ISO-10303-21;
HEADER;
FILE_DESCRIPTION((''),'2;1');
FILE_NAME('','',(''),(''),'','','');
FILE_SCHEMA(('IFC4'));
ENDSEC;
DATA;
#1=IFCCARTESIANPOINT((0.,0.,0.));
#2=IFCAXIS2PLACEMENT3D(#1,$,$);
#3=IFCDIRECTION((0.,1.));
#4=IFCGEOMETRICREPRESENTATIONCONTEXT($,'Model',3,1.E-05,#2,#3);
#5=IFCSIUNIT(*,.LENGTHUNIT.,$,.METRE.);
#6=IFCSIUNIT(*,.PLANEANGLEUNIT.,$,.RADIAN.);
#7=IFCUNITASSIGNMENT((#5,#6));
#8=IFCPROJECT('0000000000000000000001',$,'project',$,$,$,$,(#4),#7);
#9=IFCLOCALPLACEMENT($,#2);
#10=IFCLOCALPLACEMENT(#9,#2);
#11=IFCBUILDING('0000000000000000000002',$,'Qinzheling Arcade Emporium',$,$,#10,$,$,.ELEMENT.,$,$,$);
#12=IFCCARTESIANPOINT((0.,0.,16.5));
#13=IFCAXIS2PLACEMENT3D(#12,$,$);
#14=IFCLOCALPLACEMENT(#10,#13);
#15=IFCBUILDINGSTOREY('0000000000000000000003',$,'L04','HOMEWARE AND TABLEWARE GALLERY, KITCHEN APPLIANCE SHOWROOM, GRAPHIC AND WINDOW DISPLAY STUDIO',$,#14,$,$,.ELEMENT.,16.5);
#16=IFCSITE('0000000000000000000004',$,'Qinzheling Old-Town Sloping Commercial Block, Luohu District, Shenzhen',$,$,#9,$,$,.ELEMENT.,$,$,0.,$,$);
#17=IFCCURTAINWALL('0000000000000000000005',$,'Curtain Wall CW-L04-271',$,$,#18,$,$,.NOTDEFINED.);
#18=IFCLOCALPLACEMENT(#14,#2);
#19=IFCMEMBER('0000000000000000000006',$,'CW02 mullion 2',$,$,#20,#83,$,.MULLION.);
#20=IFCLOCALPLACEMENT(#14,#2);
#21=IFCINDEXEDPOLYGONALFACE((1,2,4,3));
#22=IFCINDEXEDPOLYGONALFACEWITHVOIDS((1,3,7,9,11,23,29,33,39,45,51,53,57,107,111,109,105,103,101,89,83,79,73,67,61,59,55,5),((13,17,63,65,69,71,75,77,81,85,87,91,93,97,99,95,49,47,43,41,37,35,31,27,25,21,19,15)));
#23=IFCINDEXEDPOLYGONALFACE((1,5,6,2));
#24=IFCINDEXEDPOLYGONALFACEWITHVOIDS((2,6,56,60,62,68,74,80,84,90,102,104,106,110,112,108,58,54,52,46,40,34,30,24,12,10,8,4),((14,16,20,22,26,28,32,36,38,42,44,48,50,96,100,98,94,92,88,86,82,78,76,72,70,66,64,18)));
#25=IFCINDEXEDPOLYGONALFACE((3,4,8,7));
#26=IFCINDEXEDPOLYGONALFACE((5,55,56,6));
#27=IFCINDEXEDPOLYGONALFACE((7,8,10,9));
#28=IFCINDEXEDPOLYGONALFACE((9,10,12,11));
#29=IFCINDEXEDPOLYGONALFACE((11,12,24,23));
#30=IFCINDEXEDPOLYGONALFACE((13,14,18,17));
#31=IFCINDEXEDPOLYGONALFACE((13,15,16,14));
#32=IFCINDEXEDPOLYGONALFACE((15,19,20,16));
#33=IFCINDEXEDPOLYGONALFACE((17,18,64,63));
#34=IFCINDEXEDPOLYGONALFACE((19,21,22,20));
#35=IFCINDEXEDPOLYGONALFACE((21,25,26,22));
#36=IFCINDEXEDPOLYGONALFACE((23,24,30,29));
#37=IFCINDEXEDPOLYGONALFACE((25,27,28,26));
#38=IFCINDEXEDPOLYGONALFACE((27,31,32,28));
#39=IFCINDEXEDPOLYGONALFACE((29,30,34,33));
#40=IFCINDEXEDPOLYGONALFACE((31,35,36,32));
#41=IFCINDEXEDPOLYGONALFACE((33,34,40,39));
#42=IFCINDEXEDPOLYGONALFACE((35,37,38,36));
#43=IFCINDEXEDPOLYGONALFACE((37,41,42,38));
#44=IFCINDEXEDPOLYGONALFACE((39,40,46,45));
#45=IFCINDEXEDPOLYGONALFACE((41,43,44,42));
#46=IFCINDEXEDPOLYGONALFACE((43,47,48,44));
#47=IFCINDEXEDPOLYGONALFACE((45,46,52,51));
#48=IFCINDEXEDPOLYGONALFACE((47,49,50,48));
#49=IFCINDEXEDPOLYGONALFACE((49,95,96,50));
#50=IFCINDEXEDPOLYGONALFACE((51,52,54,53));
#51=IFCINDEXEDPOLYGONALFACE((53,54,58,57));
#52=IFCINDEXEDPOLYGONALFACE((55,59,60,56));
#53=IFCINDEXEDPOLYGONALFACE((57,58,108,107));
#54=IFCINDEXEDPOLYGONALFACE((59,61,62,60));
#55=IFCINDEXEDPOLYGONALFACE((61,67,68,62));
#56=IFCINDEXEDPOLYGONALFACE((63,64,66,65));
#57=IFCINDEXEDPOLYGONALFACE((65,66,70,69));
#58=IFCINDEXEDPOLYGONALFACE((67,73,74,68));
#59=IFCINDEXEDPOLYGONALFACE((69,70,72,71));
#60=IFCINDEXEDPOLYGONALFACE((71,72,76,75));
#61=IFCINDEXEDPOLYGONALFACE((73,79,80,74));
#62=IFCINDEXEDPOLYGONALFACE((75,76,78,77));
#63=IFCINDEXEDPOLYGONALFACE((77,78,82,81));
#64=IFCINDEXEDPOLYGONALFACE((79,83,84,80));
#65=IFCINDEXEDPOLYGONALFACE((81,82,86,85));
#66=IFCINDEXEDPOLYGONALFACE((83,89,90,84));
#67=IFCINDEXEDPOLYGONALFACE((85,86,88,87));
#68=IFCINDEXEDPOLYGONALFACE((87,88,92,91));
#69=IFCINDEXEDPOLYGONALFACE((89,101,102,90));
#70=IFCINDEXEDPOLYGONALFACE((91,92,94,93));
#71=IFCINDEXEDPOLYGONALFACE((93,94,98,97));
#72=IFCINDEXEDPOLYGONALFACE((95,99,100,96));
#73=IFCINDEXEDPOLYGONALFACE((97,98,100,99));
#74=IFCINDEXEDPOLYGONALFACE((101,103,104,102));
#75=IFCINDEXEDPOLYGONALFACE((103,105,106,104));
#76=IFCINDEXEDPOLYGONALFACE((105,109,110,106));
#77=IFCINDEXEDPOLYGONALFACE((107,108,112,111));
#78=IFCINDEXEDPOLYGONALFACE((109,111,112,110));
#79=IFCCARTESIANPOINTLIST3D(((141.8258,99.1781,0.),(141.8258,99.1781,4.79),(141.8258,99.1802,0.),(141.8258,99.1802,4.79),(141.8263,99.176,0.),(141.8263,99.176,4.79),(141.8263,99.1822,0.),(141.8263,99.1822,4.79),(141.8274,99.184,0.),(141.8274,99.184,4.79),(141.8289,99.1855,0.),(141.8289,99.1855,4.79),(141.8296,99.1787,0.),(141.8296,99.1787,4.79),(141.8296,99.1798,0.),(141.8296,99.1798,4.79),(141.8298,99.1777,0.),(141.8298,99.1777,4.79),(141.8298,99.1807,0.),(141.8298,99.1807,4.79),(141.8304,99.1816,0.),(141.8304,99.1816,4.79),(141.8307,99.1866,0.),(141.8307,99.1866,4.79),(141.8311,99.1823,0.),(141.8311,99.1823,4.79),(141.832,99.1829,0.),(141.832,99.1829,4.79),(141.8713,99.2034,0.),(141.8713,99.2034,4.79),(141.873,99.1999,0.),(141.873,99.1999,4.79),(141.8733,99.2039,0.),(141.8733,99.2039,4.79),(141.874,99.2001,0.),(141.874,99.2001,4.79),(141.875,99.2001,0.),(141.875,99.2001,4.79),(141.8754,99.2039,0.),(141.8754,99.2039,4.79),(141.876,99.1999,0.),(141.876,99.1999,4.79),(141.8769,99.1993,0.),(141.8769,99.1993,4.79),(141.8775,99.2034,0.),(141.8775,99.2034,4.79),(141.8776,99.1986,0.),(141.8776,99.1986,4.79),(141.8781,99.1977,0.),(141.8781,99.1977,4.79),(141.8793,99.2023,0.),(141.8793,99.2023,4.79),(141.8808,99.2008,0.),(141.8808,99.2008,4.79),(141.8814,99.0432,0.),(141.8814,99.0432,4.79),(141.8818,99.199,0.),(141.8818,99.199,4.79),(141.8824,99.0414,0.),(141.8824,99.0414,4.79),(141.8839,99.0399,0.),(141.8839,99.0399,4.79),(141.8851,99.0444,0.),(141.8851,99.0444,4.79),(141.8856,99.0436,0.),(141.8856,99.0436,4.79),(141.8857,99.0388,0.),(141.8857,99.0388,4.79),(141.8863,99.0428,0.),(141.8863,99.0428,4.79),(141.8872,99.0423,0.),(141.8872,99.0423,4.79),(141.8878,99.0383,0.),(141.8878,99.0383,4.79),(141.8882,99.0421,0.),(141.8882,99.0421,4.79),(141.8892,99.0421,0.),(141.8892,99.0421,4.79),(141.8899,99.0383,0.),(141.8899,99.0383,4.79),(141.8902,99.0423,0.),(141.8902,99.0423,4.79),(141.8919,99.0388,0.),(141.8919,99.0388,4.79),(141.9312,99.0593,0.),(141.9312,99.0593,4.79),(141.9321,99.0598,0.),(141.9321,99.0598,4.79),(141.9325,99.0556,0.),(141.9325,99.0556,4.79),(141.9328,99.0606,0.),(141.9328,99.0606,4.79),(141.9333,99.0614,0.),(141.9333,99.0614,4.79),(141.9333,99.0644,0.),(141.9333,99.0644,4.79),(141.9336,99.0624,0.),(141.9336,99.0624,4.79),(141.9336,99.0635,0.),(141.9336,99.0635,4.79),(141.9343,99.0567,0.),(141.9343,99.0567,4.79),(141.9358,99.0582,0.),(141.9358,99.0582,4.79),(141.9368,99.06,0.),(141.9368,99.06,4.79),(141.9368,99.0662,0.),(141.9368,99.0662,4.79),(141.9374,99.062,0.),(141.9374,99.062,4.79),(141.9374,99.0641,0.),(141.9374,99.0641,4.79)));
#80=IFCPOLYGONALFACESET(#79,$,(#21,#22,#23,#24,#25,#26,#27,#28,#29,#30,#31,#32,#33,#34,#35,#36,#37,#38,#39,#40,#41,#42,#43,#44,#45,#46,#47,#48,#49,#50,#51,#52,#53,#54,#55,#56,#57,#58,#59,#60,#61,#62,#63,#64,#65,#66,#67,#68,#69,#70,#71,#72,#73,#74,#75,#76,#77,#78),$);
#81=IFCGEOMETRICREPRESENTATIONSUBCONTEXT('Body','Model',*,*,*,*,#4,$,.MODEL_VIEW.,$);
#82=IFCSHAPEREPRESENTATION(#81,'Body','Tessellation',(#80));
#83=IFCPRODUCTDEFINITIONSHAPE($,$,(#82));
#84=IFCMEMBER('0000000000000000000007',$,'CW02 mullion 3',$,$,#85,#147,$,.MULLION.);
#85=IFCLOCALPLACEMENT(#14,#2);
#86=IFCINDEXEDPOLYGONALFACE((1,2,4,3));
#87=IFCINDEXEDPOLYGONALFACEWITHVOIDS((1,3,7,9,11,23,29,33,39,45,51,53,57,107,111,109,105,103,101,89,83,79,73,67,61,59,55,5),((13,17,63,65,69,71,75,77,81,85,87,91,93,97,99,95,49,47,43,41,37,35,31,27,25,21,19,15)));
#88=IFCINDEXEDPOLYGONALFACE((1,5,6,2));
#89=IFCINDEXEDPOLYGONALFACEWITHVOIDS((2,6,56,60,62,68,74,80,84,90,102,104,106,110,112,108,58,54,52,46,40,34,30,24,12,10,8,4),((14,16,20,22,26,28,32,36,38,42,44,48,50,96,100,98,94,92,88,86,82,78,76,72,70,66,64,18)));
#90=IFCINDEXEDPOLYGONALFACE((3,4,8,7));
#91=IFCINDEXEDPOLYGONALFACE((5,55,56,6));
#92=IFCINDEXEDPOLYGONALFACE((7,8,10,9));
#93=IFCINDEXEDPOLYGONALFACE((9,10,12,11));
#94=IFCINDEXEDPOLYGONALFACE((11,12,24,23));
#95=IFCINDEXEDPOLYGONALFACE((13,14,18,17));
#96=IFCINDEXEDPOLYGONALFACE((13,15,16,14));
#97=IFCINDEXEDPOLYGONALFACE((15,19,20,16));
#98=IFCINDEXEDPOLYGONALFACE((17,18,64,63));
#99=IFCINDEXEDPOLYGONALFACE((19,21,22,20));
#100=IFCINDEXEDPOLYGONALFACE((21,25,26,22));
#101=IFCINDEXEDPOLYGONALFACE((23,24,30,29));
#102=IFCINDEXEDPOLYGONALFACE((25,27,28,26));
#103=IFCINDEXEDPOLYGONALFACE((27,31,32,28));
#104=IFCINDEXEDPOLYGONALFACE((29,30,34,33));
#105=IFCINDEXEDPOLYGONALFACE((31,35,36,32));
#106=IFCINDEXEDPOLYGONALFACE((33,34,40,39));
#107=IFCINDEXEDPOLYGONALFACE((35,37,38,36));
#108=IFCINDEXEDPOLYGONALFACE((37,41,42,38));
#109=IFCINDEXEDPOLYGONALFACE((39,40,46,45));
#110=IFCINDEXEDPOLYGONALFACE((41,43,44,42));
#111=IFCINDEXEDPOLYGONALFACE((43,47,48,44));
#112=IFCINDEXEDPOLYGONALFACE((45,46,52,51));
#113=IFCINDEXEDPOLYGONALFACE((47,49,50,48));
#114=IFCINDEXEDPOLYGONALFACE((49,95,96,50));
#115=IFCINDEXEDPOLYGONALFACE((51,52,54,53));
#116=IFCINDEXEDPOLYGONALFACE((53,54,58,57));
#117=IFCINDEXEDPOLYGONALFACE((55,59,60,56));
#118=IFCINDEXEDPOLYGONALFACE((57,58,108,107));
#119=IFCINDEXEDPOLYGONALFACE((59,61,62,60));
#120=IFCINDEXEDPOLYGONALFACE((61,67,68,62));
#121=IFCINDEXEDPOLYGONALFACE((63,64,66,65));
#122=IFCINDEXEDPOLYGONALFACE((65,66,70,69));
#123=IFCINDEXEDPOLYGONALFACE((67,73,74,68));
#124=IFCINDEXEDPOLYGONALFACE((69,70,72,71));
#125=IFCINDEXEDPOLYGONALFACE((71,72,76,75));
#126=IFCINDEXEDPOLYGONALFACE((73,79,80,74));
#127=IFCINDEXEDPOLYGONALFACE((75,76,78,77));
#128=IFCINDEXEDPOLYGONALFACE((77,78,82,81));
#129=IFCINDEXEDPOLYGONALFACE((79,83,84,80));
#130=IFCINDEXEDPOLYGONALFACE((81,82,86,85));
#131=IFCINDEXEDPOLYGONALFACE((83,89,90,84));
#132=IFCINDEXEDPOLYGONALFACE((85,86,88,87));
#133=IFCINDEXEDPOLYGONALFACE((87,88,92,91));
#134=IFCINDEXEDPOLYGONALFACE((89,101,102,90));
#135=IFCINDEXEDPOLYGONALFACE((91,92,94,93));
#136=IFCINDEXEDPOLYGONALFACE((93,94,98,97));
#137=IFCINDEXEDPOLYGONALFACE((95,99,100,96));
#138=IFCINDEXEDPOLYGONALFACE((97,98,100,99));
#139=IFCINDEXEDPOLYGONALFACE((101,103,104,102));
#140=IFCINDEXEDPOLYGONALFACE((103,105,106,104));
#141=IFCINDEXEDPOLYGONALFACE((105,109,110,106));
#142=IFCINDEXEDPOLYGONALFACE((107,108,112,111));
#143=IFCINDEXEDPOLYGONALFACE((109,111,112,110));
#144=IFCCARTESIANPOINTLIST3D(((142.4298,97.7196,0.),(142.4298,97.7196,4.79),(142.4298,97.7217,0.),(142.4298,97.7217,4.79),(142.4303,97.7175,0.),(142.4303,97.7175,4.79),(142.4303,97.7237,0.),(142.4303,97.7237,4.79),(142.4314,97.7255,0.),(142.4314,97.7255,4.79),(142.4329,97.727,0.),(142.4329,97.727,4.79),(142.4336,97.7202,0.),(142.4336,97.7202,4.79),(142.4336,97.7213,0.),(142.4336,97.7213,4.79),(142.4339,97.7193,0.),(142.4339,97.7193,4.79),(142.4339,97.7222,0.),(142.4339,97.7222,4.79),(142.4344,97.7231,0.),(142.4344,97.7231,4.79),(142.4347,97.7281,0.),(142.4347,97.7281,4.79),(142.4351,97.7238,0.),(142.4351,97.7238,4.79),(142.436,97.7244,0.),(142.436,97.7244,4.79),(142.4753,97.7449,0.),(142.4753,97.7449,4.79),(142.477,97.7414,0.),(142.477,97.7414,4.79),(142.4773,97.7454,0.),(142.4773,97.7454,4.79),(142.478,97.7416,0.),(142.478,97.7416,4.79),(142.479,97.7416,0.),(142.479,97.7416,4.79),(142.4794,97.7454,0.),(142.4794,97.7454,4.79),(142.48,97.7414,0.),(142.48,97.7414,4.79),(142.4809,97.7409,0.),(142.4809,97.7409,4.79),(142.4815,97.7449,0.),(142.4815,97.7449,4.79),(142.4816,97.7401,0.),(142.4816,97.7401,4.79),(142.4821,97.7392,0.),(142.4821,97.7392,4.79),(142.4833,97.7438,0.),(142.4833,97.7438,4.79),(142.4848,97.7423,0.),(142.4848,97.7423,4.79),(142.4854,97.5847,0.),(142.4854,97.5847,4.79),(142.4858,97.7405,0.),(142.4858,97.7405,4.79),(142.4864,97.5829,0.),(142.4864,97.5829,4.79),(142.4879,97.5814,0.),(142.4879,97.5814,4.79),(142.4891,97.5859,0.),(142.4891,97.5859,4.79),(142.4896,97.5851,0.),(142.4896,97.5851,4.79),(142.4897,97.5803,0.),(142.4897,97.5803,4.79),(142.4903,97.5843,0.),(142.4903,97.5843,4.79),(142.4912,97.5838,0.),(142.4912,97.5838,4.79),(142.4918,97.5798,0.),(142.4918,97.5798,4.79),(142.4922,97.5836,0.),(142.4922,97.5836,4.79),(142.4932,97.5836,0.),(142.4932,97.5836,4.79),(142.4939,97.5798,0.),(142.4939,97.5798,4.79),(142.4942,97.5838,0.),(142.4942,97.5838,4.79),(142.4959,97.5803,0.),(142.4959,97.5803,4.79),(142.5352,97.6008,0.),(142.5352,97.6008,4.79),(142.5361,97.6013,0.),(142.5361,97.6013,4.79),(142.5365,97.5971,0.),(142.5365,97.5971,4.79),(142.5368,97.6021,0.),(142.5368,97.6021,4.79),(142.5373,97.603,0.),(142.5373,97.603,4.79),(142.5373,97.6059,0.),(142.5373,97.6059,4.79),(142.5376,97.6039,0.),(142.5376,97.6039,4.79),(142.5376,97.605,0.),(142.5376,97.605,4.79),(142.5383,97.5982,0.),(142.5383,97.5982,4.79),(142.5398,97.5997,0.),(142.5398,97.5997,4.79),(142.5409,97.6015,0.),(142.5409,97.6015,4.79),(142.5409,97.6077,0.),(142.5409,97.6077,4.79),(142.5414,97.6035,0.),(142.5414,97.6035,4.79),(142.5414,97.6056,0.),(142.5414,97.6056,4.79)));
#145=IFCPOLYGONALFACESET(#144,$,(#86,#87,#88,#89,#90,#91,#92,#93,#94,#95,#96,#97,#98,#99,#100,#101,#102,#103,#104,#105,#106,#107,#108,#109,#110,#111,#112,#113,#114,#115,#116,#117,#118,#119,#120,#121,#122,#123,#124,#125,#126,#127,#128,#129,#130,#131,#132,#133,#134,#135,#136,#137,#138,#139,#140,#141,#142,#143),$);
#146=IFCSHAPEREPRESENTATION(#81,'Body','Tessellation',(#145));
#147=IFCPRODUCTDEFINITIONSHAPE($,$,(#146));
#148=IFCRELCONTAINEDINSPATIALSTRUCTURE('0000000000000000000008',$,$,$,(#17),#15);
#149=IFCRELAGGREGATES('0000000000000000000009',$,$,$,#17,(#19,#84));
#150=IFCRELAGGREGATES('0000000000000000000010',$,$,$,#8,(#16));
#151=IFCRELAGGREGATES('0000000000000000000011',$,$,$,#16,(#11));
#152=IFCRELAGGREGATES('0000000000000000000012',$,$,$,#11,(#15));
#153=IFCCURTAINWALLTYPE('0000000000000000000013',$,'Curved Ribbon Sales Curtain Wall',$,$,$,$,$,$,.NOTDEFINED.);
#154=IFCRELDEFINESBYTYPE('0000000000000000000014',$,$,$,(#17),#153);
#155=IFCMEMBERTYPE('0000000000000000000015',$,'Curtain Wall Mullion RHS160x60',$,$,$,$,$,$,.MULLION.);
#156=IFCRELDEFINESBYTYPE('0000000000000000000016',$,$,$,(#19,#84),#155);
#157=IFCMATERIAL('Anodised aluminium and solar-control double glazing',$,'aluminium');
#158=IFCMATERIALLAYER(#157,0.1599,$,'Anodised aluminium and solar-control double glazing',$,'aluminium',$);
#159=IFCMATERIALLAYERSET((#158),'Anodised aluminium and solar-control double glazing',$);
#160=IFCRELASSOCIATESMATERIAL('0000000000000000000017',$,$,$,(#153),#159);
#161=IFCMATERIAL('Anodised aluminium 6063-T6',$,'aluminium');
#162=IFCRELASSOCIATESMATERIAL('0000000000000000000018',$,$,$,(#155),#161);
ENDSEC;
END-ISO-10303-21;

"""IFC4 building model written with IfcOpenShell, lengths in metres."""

from ifc_helpers import new_model, si_unit, direction, frame, origin, origin_2d, place, context, subcontext, project, spatial, hollow_rectangle, extrude, material, layer, layer_set, material_profile, profile_set, type_object, element, aggregate, save


model = new_model("IFC4")

# Units and contexts
model_context = context("Model", 3, precision=1e-05, world=origin(), true_north=direction((0.0, 1.0)))
body_context = subcontext(model_context, "Body", "Model", "MODEL_VIEW")
ifc_project = project(units=[si_unit("LENGTHUNIT", "METRE"), si_unit("PLANEANGLEUNIT", "RADIAN")], contexts=[model_context])

# Site, building, storey
site_placement = place(None, origin())
site = spatial("IfcSite", under=ifc_project, at=site_placement, Name="Qinzheling Old-Town Sloping Commercial Block, Luohu District, Shenzhen", CompositionType="ELEMENT", RefElevation=0.0)
building_placement = place(site_placement, origin())
building = spatial("IfcBuilding", under=site, at=building_placement, Name="Qinzheling Arcade Emporium", CompositionType="ELEMENT")
storey_placement = place(building_placement, frame((0.0, 0.0, 16.5)))
storey = spatial("IfcBuildingStorey", under=building, at=storey_placement, Name="L04", Description="HOMEWARE AND TABLEWARE GALLERY, KITCHEN APPLIANCE SHOWROOM, GRAPHIC AND WINDOW DISPLAY STUDIO", CompositionType="ELEMENT", Elevation=16.5)

# Shared definitions
ifc_material_1 = material(Name="Anodised aluminium and solar-control double glazing", Category="aluminium")
ifc_layer_1 = layer(ifc_material_1, 0.1599, Name="Anodised aluminium and solar-control double glazing", Category="aluminium")
ifc_layer_set_1 = layer_set([ifc_layer_1], Name="Anodised aluminium and solar-control double glazing")
curtain_wall_type = type_object("IfcCurtainWallType", Name="Curved Ribbon Sales Curtain Wall", PredefinedType="NOTDEFINED", material=ifc_layer_set_1)
ifc_material_2 = material(Name="Anodised aluminium 6063-T6", Category="aluminium")
ifc_material_profile_1 = material_profile(ifc_material_2, hollow_rectangle(XDim=0.0601, YDim=0.1599, WallThickness=0.0039, InnerFilletRadius=0.0039, OuterFilletRadius=0.0081, at=origin_2d()), Name="RHS 160x60x4", Category="aluminium")
ifc_profile_set_1 = profile_set([ifc_material_profile_1], Name="Anodised aluminium 6063-T6")
member_type_1 = type_object("IfcMemberType", Name="Curtain Wall Mullion RHS160x60", PredefinedType="MULLION", material=ifc_profile_set_1)

# Curtain wall, members
curtain_wall_1_placement = place(storey_placement, origin())
curtain_wall_1 = element("IfcCurtainWall", 1, at=curtain_wall_1_placement, inside=storey, type_object=curtain_wall_type, Name="Curtain Wall CW-L04-271", PredefinedType="NOTDEFINED")
member_1_placement = place(storey_placement, frame((141.8816, 99.1211, 0.0), z_axis=(0.0, 0.0, 1.0), x_axis=(0.923884, 0.382672, 0.0)))
member_1 = element("IfcMember", 2, at=member_1_placement, type_object=member_type_1, Name="CW02 mullion 2", PredefinedType="MULLION", context=body_context, shape_type="SweptSolid", body=[
    extrude(hollow_rectangle(XDim=0.0601, YDim=0.1599, WallThickness=0.0039, InnerFilletRadius=0.0039, OuterFilletRadius=0.0081, at=origin_2d()), origin(), (0.0, 0.0, 1.0), 4.79),
])
member_2_placement = place(storey_placement, frame((142.4856, 97.6626, 0.0), z_axis=(0.0, 0.0, 1.0), x_axis=(0.923884, 0.382672, 0.0)))
member_2 = element("IfcMember", 3, at=member_2_placement, type_object=member_type_1, Name="CW02 mullion 3", PredefinedType="MULLION", context=body_context, shape_type="SweptSolid", body=[
    extrude(hollow_rectangle(XDim=0.0601, YDim=0.1599, WallThickness=0.0039, InnerFilletRadius=0.0039, OuterFilletRadius=0.0081, at=origin_2d()), origin(), (0.0, 0.0, 1.0), 4.79),
])

aggregate(curtain_wall_1, [member_1, member_2])

save(model, "model.ifc")
